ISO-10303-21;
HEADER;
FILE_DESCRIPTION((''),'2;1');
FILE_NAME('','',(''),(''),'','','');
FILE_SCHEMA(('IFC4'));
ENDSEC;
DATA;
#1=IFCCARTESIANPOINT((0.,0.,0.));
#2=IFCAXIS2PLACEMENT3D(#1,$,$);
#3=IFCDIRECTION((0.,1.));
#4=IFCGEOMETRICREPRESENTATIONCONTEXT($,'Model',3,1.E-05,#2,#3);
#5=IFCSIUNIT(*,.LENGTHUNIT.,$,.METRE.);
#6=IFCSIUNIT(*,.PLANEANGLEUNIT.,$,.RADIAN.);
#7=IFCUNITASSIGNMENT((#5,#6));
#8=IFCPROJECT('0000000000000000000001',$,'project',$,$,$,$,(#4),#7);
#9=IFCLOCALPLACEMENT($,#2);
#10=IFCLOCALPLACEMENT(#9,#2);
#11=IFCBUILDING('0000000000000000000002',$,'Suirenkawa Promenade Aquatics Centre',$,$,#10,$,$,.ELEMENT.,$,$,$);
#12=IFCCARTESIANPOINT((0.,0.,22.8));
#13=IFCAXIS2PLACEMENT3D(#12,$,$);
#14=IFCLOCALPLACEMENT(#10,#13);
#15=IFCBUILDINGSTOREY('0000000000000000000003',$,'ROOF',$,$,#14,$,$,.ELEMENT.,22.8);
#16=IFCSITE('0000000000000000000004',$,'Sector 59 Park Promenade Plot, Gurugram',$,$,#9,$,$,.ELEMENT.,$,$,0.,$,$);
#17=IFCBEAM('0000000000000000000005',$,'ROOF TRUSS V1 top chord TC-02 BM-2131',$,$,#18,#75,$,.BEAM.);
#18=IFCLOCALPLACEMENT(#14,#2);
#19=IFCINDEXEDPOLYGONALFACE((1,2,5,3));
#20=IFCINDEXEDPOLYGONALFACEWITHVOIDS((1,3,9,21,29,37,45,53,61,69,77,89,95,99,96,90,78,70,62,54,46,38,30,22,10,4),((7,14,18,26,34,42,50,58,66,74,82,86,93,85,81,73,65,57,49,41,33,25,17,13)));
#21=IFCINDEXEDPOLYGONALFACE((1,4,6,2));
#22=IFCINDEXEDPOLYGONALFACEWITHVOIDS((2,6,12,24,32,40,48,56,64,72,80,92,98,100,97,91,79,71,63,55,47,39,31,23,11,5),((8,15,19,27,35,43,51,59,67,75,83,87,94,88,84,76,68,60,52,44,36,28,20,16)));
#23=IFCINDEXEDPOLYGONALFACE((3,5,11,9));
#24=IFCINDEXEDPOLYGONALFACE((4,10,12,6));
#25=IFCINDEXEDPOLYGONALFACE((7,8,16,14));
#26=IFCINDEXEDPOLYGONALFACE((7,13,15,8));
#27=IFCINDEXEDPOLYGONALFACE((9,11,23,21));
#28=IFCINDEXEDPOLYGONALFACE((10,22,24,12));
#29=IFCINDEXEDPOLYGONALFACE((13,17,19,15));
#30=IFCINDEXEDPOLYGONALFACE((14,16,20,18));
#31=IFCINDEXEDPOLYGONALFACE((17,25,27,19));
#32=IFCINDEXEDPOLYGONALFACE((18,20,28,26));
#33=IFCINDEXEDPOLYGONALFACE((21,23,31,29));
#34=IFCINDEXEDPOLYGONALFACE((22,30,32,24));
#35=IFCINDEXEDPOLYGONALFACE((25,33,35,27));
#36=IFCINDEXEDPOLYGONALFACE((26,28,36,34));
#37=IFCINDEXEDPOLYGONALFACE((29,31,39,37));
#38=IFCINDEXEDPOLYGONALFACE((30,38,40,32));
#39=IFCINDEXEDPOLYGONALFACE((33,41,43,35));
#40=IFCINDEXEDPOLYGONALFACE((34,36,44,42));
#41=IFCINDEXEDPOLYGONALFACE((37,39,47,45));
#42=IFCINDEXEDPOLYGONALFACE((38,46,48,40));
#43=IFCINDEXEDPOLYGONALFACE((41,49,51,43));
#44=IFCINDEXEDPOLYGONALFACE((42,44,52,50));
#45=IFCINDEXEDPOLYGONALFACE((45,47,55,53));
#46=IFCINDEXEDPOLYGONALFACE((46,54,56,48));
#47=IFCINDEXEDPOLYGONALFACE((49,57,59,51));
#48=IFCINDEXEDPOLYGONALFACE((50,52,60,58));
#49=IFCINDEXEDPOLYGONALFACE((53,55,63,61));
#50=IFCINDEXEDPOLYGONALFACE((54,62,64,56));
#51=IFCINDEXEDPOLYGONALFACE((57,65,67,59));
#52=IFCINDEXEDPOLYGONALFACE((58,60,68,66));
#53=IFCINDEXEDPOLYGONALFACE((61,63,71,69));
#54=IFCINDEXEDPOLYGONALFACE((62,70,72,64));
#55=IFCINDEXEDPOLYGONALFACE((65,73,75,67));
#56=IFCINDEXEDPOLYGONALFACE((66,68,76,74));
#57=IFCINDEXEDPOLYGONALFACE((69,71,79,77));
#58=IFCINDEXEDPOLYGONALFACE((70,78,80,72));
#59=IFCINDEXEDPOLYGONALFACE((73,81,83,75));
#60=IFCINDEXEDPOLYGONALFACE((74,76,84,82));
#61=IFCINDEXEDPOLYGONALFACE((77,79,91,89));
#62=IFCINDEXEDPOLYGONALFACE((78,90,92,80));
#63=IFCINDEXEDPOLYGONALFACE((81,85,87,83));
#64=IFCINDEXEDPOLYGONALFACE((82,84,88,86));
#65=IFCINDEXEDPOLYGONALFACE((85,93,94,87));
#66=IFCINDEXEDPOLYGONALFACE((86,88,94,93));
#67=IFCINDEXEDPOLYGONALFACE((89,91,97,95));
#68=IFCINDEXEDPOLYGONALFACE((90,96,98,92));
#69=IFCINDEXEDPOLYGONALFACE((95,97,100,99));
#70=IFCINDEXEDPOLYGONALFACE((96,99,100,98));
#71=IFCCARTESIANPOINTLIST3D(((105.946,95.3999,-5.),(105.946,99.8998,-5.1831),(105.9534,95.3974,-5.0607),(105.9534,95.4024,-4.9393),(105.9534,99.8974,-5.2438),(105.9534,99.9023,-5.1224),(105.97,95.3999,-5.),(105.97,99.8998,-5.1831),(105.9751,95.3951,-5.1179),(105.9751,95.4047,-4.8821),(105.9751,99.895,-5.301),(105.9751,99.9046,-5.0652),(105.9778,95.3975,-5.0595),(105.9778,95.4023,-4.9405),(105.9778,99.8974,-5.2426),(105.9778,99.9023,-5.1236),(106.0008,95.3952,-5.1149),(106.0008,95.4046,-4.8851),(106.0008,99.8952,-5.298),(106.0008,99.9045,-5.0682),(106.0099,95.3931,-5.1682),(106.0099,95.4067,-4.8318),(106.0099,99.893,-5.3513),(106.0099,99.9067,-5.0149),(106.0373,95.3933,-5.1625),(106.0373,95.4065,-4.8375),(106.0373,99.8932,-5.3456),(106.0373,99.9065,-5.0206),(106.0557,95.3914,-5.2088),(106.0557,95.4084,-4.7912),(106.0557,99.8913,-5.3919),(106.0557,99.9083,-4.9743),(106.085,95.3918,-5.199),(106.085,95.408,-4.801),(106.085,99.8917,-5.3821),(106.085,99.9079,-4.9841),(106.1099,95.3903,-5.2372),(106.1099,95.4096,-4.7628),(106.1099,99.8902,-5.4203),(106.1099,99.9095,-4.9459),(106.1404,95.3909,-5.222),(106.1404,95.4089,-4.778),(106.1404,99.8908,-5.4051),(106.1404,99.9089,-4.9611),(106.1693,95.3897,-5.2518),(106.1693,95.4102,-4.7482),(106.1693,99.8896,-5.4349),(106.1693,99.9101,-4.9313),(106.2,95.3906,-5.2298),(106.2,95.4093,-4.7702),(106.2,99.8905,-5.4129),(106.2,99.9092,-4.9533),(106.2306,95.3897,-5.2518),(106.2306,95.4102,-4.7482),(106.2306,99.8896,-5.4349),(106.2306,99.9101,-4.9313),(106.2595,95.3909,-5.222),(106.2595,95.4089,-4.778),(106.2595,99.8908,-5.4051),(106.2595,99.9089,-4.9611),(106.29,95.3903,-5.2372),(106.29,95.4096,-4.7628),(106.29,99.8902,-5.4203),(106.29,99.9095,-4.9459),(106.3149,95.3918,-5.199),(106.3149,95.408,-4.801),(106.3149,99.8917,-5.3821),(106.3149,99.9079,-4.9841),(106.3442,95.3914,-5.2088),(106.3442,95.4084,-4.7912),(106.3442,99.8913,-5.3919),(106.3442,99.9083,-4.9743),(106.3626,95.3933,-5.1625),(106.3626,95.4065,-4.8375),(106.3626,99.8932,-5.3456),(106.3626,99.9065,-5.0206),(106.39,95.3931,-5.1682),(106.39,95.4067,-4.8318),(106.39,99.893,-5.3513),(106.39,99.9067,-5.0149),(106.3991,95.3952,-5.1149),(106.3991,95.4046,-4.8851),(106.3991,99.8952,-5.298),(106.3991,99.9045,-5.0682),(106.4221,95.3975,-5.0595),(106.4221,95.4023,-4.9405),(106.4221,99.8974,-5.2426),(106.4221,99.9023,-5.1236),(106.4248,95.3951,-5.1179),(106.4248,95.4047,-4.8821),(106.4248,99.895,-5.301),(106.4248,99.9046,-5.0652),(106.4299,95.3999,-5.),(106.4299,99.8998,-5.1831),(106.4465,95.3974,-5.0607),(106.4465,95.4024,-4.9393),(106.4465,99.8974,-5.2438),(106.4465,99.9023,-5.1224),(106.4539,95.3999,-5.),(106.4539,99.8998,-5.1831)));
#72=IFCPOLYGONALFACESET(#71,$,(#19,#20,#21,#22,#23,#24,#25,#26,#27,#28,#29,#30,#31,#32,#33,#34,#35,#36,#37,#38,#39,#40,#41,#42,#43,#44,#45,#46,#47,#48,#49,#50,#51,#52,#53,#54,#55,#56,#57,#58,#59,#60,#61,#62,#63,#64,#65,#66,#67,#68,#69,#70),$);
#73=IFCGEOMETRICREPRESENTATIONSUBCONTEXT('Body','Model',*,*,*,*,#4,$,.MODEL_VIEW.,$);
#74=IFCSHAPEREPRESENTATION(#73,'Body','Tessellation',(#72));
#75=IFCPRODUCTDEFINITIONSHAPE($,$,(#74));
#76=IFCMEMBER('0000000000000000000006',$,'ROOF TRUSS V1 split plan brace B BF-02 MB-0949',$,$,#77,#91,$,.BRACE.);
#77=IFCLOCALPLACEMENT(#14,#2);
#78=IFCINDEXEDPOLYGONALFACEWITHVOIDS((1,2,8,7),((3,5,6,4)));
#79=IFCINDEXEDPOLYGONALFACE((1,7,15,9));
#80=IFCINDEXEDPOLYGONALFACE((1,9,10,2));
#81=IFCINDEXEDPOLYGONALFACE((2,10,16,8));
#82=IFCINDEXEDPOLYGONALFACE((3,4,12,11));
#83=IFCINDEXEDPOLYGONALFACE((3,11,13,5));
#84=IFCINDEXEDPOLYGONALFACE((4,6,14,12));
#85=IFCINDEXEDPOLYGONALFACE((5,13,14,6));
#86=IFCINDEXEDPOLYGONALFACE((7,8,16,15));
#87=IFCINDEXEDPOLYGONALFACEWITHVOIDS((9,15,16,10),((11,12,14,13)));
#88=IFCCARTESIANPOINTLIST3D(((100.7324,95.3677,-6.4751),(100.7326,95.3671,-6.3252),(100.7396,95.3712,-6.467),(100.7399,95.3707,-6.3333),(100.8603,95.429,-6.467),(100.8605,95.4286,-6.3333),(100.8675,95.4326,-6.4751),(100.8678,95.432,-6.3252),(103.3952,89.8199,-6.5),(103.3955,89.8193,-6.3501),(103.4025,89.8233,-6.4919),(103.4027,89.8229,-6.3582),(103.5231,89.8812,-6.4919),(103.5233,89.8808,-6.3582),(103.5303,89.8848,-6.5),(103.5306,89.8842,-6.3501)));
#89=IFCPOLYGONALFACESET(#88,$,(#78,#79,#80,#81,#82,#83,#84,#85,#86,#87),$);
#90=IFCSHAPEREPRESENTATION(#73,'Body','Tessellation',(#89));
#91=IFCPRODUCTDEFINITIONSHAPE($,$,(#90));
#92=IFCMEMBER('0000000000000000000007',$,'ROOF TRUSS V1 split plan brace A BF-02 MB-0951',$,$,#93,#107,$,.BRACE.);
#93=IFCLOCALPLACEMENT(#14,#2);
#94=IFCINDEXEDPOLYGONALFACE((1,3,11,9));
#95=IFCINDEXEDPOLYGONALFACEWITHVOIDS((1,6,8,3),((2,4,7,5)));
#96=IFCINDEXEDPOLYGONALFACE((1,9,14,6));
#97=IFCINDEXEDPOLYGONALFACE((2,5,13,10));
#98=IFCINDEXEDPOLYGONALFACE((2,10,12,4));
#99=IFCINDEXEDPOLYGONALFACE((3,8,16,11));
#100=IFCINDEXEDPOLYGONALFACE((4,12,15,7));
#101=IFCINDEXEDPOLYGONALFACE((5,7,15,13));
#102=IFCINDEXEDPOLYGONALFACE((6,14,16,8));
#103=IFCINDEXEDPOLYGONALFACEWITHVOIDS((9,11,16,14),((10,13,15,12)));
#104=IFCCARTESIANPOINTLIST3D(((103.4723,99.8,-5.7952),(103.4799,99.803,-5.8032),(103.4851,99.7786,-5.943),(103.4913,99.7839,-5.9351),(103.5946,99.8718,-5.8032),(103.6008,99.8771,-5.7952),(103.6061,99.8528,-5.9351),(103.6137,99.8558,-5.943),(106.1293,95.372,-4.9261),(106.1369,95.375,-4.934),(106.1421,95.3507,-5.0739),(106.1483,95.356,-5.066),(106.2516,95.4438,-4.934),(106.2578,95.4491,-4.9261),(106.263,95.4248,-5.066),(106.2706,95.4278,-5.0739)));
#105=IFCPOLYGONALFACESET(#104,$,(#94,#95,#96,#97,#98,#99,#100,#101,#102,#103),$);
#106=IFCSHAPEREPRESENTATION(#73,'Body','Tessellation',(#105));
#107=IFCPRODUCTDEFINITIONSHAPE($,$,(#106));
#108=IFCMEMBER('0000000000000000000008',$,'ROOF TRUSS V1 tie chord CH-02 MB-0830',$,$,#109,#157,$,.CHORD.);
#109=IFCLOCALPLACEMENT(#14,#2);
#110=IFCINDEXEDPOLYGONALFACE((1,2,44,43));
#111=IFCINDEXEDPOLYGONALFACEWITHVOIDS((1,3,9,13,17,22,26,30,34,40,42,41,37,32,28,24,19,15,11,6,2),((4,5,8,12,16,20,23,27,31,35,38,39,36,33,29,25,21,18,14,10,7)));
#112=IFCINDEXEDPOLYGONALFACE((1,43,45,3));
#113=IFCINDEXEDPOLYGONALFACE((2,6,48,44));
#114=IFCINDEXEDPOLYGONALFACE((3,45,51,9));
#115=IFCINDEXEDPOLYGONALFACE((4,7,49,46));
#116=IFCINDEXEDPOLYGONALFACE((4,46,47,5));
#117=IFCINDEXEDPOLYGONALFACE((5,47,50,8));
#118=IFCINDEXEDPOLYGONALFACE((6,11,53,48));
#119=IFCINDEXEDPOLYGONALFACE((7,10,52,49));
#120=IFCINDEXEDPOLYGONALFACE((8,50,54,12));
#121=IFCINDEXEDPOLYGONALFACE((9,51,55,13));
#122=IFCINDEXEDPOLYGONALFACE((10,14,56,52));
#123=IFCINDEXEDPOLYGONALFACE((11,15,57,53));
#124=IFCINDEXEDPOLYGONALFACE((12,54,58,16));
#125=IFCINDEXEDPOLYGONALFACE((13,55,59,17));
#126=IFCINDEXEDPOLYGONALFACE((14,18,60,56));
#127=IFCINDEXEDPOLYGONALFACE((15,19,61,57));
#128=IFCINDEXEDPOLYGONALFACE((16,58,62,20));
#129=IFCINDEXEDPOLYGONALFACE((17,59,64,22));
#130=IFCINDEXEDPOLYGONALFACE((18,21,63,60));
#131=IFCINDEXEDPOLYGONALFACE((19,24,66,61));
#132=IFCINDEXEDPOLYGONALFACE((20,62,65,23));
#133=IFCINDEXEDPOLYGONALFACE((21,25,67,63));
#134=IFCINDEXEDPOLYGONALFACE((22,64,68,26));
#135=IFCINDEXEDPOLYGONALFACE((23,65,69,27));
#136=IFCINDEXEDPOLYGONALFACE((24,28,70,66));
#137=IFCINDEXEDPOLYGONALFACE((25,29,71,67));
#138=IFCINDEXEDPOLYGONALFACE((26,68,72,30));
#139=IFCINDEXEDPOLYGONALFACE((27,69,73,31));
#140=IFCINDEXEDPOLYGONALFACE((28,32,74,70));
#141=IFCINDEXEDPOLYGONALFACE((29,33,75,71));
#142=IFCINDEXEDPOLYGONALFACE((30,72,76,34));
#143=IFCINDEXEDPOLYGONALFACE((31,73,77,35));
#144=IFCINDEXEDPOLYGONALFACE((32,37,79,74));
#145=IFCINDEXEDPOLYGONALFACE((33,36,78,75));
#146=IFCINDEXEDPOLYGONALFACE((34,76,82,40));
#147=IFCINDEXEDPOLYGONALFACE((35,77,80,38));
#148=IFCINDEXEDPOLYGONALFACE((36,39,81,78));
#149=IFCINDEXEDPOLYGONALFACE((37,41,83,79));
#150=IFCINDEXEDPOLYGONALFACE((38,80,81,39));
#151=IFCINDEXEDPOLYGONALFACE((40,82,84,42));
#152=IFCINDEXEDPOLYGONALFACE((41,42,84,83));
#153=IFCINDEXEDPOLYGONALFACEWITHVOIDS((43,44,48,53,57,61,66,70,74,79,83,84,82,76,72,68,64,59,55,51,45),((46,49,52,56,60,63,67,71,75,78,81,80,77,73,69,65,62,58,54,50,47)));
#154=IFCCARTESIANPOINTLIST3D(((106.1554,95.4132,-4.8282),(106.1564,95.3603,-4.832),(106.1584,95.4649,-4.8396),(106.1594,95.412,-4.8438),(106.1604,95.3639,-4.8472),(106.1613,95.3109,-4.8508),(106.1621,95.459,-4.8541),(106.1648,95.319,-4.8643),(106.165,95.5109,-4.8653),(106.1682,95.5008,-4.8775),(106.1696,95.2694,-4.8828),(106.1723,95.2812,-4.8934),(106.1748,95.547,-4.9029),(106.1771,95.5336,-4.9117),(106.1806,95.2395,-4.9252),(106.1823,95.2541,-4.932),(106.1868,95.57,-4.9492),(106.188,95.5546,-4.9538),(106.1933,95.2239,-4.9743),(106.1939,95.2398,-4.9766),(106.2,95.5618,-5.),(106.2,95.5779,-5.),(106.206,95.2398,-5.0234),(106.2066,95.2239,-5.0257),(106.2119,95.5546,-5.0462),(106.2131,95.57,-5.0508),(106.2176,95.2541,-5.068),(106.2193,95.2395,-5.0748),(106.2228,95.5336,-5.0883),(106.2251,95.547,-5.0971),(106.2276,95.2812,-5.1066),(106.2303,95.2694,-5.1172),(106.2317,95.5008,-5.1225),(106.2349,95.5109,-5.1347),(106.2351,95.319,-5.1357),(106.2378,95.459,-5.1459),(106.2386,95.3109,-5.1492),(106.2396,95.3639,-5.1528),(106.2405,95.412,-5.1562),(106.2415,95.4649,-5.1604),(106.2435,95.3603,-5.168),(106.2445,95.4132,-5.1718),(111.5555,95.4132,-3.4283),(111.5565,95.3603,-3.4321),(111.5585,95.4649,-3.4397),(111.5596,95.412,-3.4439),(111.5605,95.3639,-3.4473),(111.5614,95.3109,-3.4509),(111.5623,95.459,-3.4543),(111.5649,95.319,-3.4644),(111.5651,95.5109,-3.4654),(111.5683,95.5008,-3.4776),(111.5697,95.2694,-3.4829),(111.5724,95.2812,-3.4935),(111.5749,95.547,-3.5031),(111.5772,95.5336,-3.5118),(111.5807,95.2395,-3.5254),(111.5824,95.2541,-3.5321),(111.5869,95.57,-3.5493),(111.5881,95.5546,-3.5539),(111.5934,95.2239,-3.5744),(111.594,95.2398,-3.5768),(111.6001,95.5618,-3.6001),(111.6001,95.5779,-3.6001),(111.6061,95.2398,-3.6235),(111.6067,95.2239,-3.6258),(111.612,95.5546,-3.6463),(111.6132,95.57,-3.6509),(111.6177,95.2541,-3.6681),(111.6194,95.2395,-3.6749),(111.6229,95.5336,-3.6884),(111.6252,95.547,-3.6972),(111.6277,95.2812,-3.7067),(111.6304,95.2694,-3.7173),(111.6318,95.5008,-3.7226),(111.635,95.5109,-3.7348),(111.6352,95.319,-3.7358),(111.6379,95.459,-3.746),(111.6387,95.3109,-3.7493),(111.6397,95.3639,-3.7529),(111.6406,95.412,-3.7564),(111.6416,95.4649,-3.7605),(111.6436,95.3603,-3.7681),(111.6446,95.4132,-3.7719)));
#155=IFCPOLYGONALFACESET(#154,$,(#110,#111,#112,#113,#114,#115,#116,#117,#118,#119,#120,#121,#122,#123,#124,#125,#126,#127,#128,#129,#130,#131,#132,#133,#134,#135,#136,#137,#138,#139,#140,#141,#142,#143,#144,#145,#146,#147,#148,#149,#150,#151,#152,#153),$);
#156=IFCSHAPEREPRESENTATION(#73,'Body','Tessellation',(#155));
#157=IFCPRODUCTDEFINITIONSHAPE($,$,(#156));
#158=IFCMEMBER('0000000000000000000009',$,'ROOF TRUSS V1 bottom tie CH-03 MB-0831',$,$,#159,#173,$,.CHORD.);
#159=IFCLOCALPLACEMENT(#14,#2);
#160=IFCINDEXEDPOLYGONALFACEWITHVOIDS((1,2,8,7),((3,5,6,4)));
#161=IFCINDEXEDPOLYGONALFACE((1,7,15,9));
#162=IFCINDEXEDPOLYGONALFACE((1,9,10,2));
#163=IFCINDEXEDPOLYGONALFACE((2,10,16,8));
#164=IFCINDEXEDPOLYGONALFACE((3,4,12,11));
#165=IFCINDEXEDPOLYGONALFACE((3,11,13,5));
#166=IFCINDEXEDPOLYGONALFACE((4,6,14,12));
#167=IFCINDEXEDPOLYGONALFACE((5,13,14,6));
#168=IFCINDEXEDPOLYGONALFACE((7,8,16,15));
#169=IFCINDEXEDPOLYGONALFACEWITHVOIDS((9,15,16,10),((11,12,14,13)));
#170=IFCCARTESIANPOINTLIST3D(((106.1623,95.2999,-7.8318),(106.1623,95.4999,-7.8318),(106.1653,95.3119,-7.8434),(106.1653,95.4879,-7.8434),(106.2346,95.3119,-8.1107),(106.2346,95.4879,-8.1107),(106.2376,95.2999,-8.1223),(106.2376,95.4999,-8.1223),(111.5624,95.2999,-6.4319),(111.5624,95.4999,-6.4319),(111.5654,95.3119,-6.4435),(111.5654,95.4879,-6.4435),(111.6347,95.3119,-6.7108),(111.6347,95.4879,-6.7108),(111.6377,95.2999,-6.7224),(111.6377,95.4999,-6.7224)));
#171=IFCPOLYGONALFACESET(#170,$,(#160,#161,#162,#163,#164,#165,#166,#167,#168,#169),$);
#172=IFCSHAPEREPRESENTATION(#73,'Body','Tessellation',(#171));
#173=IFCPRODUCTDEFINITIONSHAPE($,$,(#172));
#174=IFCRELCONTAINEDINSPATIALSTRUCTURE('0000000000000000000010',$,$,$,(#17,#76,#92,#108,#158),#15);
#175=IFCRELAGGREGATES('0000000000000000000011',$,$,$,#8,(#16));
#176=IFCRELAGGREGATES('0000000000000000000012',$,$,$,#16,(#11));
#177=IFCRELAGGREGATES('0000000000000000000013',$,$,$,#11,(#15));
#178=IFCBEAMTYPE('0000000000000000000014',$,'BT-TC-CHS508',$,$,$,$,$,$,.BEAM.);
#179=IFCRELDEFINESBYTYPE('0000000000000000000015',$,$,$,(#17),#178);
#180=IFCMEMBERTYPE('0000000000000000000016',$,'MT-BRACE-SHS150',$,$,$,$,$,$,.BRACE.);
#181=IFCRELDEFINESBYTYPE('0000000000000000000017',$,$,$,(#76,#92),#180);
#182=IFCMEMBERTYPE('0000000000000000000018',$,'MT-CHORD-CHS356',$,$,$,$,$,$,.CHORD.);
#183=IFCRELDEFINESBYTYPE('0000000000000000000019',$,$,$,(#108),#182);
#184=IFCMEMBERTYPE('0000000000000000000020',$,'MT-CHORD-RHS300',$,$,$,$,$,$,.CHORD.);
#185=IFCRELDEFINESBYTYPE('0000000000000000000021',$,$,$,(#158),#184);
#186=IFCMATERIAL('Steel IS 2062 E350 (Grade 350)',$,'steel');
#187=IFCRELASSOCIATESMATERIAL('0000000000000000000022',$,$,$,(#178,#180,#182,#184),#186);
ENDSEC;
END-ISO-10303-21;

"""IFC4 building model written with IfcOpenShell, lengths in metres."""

from ifc_helpers import new_model, si_unit, direction, frame, origin, origin_2d, place, context, subcontext, project, spatial, hollow_rectangle, hollow_circle, extrude, material, material_profile, profile_set, type_object, element, save


model = new_model("IFC4")

# Units and contexts
model_context = context("Model", 3, precision=1e-05, world=origin(), true_north=direction((0.0, 1.0)))
body_context = subcontext(model_context, "Body", "Model", "MODEL_VIEW")
ifc_project = project(units=[si_unit("LENGTHUNIT", "METRE"), si_unit("PLANEANGLEUNIT", "RADIAN")], contexts=[model_context])

# Site, building, storey
site_placement = place(None, origin())
site = spatial("IfcSite", under=ifc_project, at=site_placement, Name="Sector 59 Park Promenade Plot, Gurugram", CompositionType="ELEMENT", RefElevation=0.0)
building_placement = place(site_placement, origin())
building = spatial("IfcBuilding", under=site, at=building_placement, Name="Suirenkawa Promenade Aquatics Centre", CompositionType="ELEMENT")
storey_placement = place(building_placement, frame((0.0, 0.0, 22.8)))
storey = spatial("IfcBuildingStorey", under=building, at=storey_placement, Name="ROOF", CompositionType="ELEMENT", Elevation=22.8)

# Beam
ifc_material_1 = material(Name="Steel IS 2062 E350 (Grade 350)", Category="steel")
ifc_material_profile_1 = material_profile(ifc_material_1, hollow_circle(Radius=0.2539, WallThickness=0.0239, at=origin_2d()), Name="CHS 508x24", Category="steel")
ifc_profile_set_1 = profile_set([ifc_material_profile_1], Name="Steel IS 2062 E350 (Grade 350)")
beam_type_1 = type_object("IfcBeamType", Name="BT-TC-CHS508", PredefinedType="BEAM", material=ifc_profile_set_1)
beam_1_placement = place(storey_placement, frame((106.2, 95.3999, -5.0), z_axis=(0.0, 0.999173, -0.040656), x_axis=(-1.0, 0.0, 0.0)))
element("IfcBeam", 1, at=beam_1_placement, inside=storey, type_object=beam_type_1, Name="ROOF TRUSS V1 top chord TC-02 BM-2131", PredefinedType="BEAM", context=body_context, shape_type="SweptSolid", body=[
    extrude(hollow_circle(Radius=0.2539, WallThickness=0.0239, at=origin_2d()), origin(), (0.0, 0.0, 1.0), 4.5037),
])

# Members
ifc_material_profile_2 = material_profile(ifc_material_1, hollow_rectangle(XDim=0.1499, YDim=0.1499, WallThickness=0.0081, at=origin_2d()), Name="SHS 150x150x8", Category="steel")
ifc_profile_set_2 = profile_set([ifc_material_profile_2], Name="Steel IS 2062 E350 (Grade 350)")
member_type_1 = type_object("IfcMemberType", Name="MT-BRACE-SHS150", PredefinedType="BRACE", material=ifc_profile_set_2)
member_1_placement = place(storey_placement, frame((103.4629, 89.8521, -6.425), z_axis=(-0.432711, 0.901524, 0.004047), x_axis=(-0.901531, -0.432714, 0.0)))
element("IfcMember", 2, at=member_1_placement, inside=storey, type_object=member_type_1, Name="ROOF TRUSS V1 split plan brace B BF-02 MB-0949", PredefinedType="BRACE", context=body_context, shape_type="SweptSolid", body=[
    extrude(hollow_rectangle(XDim=0.1499, YDim=0.1499, WallThickness=0.0081, at=origin_2d()), origin(), (0.0, 0.0, 1.0), 6.1538),
])
member_2_placement = place(storey_placement, frame((106.2, 95.3999, -5.0), z_axis=(-0.507387, 0.845583, -0.165974), x_axis=(-0.857476, -0.514524, 0.0)))
element("IfcMember", 3, at=member_2_placement, inside=storey, type_object=member_type_1, Name="ROOF TRUSS V1 split plan brace A BF-02 MB-0951", PredefinedType="BRACE", context=body_context, shape_type="SweptSolid", body=[
    extrude(hollow_rectangle(XDim=0.1499, YDim=0.1499, WallThickness=0.0081, at=origin_2d()), origin(), (0.0, 0.0, 1.0), 5.2366),
])
ifc_material_profile_3 = material_profile(ifc_material_1, hollow_circle(Radius=0.178, WallThickness=0.0161, at=origin_2d()), Name="CHS 356x16", Category="steel")
ifc_profile_set_3 = profile_set([ifc_material_profile_3], Name="Steel IS 2062 E350 (Grade 350)")
member_type_2 = type_object("IfcMemberType", Name="MT-CHORD-CHS356", PredefinedType="CHORD", material=ifc_profile_set_3)
member_3_placement = place(storey_placement, frame((106.2, 95.3999, -5.0), z_axis=(0.968003, 0.0, 0.250939), x_axis=(0.0, 1.0, 0.0)))
element("IfcMember", 4, at=member_3_placement, inside=storey, type_object=member_type_2, Name="ROOF TRUSS V1 tie chord CH-02 MB-0830", PredefinedType="CHORD", context=body_context, shape_type="SweptSolid", body=[
    extrude(hollow_circle(Radius=0.178, WallThickness=0.0161, at=origin_2d()), origin(), (0.0, 0.0, 1.0), 5.5786),
])
ifc_material_profile_4 = material_profile(ifc_material_1, hollow_rectangle(XDim=0.2, YDim=0.3, WallThickness=0.012, at=origin_2d()), Name="RHS 300x200x12", Category="steel")
ifc_profile_set_4 = profile_set([ifc_material_profile_4], Name="Steel IS 2062 E350 (Grade 350)")
member_type_3 = type_object("IfcMemberType", Name="MT-CHORD-RHS300", PredefinedType="CHORD", material=ifc_profile_set_4)
member_4_placement = place(storey_placement, frame((106.2, 95.3999, -7.9771), z_axis=(0.968003, 0.0, 0.250939), x_axis=(0.0, 1.0, 0.0)))
element("IfcMember", 5, at=member_4_placement, inside=storey, type_object=member_type_3, Name="ROOF TRUSS V1 bottom tie CH-03 MB-0831", PredefinedType="CHORD", context=body_context, shape_type="SweptSolid", body=[
    extrude(hollow_rectangle(XDim=0.2, YDim=0.3, WallThickness=0.012, at=origin_2d()), origin(), (0.0, 0.0, 1.0), 5.5786),
])

save(model, "model.ifc")
